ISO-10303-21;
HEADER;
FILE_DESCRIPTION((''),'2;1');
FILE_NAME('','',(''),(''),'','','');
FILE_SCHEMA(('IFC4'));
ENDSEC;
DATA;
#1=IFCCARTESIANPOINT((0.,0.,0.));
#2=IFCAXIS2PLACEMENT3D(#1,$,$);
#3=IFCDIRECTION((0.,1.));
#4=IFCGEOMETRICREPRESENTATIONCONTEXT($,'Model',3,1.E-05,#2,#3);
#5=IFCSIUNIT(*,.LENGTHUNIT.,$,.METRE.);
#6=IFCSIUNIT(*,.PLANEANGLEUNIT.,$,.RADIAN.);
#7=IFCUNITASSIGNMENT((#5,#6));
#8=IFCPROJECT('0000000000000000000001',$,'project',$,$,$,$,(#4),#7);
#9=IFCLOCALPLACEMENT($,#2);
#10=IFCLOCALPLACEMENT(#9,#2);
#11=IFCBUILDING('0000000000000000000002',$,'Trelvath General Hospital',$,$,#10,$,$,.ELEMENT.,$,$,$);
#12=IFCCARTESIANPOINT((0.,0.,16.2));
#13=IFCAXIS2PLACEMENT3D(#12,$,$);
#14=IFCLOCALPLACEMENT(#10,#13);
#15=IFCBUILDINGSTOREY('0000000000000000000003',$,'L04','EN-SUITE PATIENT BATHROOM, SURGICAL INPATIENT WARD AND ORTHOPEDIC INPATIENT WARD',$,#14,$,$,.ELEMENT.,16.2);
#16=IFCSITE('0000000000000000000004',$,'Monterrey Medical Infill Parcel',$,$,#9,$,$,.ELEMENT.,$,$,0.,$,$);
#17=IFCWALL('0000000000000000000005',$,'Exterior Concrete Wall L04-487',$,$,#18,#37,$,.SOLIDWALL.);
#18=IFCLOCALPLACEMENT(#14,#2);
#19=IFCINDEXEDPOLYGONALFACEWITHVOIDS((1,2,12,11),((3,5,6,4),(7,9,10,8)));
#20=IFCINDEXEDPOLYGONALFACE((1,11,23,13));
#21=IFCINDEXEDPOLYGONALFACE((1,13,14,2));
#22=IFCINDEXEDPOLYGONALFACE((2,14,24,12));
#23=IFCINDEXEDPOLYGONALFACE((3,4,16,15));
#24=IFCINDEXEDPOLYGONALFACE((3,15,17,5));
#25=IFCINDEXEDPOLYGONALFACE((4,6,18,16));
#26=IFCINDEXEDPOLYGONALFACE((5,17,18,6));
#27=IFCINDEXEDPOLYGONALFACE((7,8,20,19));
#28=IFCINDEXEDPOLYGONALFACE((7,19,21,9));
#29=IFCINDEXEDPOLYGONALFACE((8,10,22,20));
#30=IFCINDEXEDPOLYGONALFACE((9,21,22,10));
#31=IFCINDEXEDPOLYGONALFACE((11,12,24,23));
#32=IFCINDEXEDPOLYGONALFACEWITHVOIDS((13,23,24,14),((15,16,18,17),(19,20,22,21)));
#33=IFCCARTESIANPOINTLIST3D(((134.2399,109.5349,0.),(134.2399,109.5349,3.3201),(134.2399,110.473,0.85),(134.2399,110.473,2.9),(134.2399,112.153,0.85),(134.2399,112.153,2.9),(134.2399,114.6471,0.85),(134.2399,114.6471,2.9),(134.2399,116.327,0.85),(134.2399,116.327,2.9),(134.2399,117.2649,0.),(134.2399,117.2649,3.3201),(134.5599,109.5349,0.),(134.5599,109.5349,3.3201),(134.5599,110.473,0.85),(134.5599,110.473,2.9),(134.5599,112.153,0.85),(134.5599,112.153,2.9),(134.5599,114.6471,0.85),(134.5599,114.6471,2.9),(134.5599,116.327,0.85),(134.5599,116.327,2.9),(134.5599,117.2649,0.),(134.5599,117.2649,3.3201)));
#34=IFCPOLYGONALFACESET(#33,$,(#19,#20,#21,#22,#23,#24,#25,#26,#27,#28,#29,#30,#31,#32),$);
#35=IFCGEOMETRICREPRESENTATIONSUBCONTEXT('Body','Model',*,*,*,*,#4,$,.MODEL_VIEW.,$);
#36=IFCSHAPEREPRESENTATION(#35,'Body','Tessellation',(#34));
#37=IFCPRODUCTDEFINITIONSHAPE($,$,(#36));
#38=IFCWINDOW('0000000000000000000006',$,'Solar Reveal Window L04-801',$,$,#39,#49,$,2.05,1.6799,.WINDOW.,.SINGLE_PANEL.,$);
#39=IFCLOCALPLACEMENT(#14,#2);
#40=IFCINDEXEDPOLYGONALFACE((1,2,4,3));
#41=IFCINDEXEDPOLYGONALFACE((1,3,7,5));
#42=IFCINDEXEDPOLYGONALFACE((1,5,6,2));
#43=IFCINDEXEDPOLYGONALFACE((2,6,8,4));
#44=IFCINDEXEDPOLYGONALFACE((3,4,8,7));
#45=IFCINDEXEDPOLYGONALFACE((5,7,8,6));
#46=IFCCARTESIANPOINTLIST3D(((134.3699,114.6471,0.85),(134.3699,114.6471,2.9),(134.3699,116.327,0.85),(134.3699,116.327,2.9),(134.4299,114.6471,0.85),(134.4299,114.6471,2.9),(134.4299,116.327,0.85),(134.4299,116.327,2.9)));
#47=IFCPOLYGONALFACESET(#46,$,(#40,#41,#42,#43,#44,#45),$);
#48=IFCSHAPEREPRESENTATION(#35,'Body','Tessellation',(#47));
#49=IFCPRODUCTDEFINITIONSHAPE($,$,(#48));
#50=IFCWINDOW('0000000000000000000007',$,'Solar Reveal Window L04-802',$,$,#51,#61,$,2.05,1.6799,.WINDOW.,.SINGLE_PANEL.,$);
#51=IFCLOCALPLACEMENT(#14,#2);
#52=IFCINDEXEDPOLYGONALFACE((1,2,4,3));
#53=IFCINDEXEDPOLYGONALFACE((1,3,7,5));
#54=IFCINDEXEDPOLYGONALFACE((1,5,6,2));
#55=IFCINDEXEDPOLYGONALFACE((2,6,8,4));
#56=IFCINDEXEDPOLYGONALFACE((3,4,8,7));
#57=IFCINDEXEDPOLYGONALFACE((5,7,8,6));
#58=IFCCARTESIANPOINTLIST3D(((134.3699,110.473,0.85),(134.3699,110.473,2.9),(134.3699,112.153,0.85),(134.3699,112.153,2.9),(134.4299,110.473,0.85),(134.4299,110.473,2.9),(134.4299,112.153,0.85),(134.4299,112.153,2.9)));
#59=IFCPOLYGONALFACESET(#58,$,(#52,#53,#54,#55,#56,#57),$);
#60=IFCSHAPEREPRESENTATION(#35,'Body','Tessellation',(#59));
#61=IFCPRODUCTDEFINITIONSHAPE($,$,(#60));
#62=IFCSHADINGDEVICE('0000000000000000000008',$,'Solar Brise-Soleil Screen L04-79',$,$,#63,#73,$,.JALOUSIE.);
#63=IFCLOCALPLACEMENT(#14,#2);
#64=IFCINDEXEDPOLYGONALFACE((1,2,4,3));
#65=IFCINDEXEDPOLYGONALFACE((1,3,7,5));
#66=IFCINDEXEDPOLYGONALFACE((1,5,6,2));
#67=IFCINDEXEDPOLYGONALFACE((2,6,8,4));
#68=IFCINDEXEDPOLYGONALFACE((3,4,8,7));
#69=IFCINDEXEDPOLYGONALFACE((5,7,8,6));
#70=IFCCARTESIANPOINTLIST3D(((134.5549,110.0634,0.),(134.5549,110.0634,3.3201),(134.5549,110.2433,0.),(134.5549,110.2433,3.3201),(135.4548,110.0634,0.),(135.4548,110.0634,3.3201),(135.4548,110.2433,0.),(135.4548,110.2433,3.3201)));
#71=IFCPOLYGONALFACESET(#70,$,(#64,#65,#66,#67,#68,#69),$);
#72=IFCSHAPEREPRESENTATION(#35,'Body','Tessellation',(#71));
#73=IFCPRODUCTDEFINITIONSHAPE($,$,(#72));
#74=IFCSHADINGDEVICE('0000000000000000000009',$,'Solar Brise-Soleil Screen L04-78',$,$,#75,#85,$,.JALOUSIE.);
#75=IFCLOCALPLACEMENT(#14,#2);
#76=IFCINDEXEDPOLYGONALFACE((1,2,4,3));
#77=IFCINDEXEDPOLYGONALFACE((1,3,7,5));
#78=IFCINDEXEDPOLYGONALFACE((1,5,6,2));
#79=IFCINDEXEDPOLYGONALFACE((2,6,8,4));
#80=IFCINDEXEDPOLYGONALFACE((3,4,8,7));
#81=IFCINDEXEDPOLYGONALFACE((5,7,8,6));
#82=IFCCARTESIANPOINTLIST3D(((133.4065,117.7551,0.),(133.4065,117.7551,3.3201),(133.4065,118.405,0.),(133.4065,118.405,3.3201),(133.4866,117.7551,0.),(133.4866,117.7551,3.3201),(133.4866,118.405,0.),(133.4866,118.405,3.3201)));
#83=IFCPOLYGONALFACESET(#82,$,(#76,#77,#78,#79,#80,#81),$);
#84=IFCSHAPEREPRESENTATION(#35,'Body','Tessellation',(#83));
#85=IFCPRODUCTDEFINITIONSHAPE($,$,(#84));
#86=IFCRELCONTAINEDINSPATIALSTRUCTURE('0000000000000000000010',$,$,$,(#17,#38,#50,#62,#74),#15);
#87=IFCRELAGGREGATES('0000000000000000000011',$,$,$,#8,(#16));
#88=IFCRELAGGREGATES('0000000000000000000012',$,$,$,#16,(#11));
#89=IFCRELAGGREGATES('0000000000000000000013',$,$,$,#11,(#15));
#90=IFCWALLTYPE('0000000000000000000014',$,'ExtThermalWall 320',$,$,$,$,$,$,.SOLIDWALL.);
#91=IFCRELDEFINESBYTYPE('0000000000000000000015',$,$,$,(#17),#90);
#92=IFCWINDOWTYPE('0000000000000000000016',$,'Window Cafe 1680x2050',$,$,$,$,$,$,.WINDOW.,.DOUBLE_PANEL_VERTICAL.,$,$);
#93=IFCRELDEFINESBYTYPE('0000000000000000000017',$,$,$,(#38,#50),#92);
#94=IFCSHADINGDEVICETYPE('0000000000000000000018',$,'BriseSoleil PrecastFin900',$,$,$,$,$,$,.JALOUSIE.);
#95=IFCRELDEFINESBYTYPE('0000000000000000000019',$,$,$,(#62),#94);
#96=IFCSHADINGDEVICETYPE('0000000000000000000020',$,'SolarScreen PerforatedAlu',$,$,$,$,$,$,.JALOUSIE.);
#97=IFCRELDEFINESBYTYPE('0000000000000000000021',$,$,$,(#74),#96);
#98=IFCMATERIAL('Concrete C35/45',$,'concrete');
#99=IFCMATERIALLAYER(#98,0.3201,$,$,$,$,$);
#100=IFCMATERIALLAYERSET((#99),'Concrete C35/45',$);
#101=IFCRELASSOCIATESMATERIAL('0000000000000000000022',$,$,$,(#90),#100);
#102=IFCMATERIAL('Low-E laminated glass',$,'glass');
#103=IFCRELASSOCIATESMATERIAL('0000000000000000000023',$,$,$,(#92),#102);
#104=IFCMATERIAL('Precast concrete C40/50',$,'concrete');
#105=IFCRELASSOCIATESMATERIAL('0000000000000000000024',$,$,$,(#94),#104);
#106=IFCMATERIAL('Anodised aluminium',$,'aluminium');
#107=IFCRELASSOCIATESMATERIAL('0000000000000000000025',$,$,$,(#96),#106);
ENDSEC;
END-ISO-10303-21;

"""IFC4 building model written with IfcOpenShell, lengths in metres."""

from ifc_helpers import new_model, si_unit, direction, frame, frame_2d, origin, origin_2d, place, context, subcontext, project, spatial, rectangle, extrude, material, layer, layer_set, type_object, element, fill, save


model = new_model("IFC4")

# Units and contexts
model_context = context("Model", 3, precision=1e-05, world=origin(), true_north=direction((0.0, 1.0)))
body_context = subcontext(model_context, "Body", "Model", "MODEL_VIEW")
ifc_project = project(units=[si_unit("LENGTHUNIT", "METRE"), si_unit("PLANEANGLEUNIT", "RADIAN")], contexts=[model_context])

# Site, building, storey
site_placement = place(None, origin())
site = spatial("IfcSite", under=ifc_project, at=site_placement, Name="Monterrey Medical Infill Parcel", CompositionType="ELEMENT", RefElevation=0.0)
building_placement = place(site_placement, origin())
building = spatial("IfcBuilding", under=site, at=building_placement, Name="Trelvath General Hospital", CompositionType="ELEMENT")
storey_placement = place(building_placement, frame((0.0, 0.0, 16.2)))
storey = spatial("IfcBuildingStorey", under=building, at=storey_placement, Name="L04", Description="EN-SUITE PATIENT BATHROOM, SURGICAL INPATIENT WARD AND ORTHOPEDIC INPATIENT WARD", CompositionType="ELEMENT", Elevation=16.2)

# Wall, openings, windows
ifc_material_1 = material(Name="Concrete C35/45", Category="concrete")
ifc_layer_1 = layer(ifc_material_1, 0.3201)
ifc_layer_set_1 = layer_set([ifc_layer_1], Name="Concrete C35/45")
wall_type_1 = type_object("IfcWallType", Name="ExtThermalWall 320", PredefinedType="SOLIDWALL", material=ifc_layer_set_1)
wall_1_placement = place(storey_placement, frame((134.3999, 117.2649, 0.0), z_axis=(0.0, 0.0, 1.0), x_axis=(0.0, -1.0, 0.0)))
wall_1 = element("IfcWall", 1, at=wall_1_placement, inside=storey, type_object=wall_type_1, Name="Exterior Concrete Wall L04-487", PredefinedType="SOLIDWALL", context=body_context, shape_type="SweptSolid", body=[
    extrude(rectangle(XDim=7.73, YDim=0.3201, at=frame_2d((3.865, 0.0))), origin(), (0.0, 0.0, 1.0), 3.3201),
])
opening_1_placement = place(wall_1_placement, frame((0.938, 0.0, 0.8501)))
opening_1 = element("IfcOpeningElement", 2, at=opening_1_placement, cuts=wall_1, PredefinedType="OPENING", context=body_context, shape_type="SweptSolid", body=[
    extrude(rectangle(XDim=1.6799, YDim=2.05, at=frame_2d((0.8398, 1.0249))), frame((0.0, 0.1699, 0.0), z_axis=(0.0, -1.0, 0.0), x_axis=(1.0, 0.0, 0.0)), (0.0, 0.0, 1.0), 0.3401),
])
opening_2_placement = place(wall_1_placement, frame((5.1121, 0.0, 0.8501)))
opening_2 = element("IfcOpeningElement", 3, at=opening_2_placement, cuts=wall_1, PredefinedType="OPENING", context=body_context, shape_type="SweptSolid", body=[
    extrude(rectangle(XDim=1.6799, YDim=2.05, at=frame_2d((0.8398, 1.0249))), frame((0.0, 0.1699, 0.0), z_axis=(0.0, -1.0, 0.0), x_axis=(1.0, 0.0, 0.0)), (0.0, 0.0, 1.0), 0.3401),
])
ifc_material_2 = material(Name="Low-E laminated glass", Category="glass")
window_type_1 = type_object("IfcWindowType", Name="Window Cafe 1680x2050", PartitioningType="DOUBLE_PANEL_VERTICAL", PredefinedType="WINDOW", material=ifc_material_2)
window_1_placement = place(opening_1_placement, origin())
window_1 = element("IfcWindow", 4, at=window_1_placement, inside=storey, type_object=window_type_1, Name="Solar Reveal Window L04-801", OverallHeight=2.05, OverallWidth=1.6799, PartitioningType="SINGLE_PANEL", PredefinedType="WINDOW", context=body_context, shape_type="SweptSolid", body=[
    extrude(rectangle(XDim=1.6799, YDim=2.05, at=frame_2d((0.8398, 1.0249))), frame((0.0, 0.03, 0.0), z_axis=(0.0, -1.0, 0.0), x_axis=(1.0, 0.0, 0.0)), (0.0, 0.0, 1.0), 0.0601),
])
fill(opening_1, window_1)
window_2_placement = place(opening_2_placement, origin())
window_2 = element("IfcWindow", 5, at=window_2_placement, inside=storey, type_object=window_type_1, Name="Solar Reveal Window L04-802", OverallHeight=2.05, OverallWidth=1.6799, PartitioningType="SINGLE_PANEL", PredefinedType="WINDOW", context=body_context, shape_type="SweptSolid", body=[
    extrude(rectangle(XDim=1.6799, YDim=2.05, at=frame_2d((0.8398, 1.0249))), frame((0.0, 0.03, 0.0), z_axis=(0.0, -1.0, 0.0), x_axis=(1.0, 0.0, 0.0)), (0.0, 0.0, 1.0), 0.0601),
])
fill(opening_2, window_2)

# Shading devices
ifc_material_3 = material(Name="Precast concrete C40/50", Category="concrete")
shading_device_type_1 = type_object("IfcShadingDeviceType", Name="BriseSoleil PrecastFin900", PredefinedType="JALOUSIE", material=ifc_material_3)
shading_device_1_placement = place(storey_placement, frame((135.0049, 110.1533, 0.0), z_axis=(0.0, 0.0, 1.0), x_axis=(1.0, 0.0, 0.0)))
element("IfcShadingDevice", 6, at=shading_device_1_placement, inside=storey, type_object=shading_device_type_1, Name="Solar Brise-Soleil Screen L04-79", PredefinedType="JALOUSIE", context=body_context, shape_type="SweptSolid", body=[
    extrude(rectangle(XDim=0.8999, YDim=0.1799, at=origin_2d()), origin(), (0.0, 0.0, 1.0), 3.3201),
])
ifc_material_4 = material(Name="Anodised aluminium", Category="aluminium")
shading_device_type_2 = type_object("IfcShadingDeviceType", Name="SolarScreen PerforatedAlu", PredefinedType="JALOUSIE", material=ifc_material_4)
shading_device_2_placement = place(storey_placement, frame((133.4465, 118.0801, 0.0), z_axis=(0.0, 0.0, 1.0), x_axis=(0.0, 1.0, 0.0)))
element("IfcShadingDevice", 7, at=shading_device_2_placement, inside=storey, type_object=shading_device_type_2, Name="Solar Brise-Soleil Screen L04-78", PredefinedType="JALOUSIE", context=body_context, shape_type="SweptSolid", body=[
    extrude(rectangle(XDim=0.6499, YDim=0.0801, at=origin_2d()), origin(), (0.0, 0.0, 1.0), 3.3201),
])

save(model, "model.ifc")
